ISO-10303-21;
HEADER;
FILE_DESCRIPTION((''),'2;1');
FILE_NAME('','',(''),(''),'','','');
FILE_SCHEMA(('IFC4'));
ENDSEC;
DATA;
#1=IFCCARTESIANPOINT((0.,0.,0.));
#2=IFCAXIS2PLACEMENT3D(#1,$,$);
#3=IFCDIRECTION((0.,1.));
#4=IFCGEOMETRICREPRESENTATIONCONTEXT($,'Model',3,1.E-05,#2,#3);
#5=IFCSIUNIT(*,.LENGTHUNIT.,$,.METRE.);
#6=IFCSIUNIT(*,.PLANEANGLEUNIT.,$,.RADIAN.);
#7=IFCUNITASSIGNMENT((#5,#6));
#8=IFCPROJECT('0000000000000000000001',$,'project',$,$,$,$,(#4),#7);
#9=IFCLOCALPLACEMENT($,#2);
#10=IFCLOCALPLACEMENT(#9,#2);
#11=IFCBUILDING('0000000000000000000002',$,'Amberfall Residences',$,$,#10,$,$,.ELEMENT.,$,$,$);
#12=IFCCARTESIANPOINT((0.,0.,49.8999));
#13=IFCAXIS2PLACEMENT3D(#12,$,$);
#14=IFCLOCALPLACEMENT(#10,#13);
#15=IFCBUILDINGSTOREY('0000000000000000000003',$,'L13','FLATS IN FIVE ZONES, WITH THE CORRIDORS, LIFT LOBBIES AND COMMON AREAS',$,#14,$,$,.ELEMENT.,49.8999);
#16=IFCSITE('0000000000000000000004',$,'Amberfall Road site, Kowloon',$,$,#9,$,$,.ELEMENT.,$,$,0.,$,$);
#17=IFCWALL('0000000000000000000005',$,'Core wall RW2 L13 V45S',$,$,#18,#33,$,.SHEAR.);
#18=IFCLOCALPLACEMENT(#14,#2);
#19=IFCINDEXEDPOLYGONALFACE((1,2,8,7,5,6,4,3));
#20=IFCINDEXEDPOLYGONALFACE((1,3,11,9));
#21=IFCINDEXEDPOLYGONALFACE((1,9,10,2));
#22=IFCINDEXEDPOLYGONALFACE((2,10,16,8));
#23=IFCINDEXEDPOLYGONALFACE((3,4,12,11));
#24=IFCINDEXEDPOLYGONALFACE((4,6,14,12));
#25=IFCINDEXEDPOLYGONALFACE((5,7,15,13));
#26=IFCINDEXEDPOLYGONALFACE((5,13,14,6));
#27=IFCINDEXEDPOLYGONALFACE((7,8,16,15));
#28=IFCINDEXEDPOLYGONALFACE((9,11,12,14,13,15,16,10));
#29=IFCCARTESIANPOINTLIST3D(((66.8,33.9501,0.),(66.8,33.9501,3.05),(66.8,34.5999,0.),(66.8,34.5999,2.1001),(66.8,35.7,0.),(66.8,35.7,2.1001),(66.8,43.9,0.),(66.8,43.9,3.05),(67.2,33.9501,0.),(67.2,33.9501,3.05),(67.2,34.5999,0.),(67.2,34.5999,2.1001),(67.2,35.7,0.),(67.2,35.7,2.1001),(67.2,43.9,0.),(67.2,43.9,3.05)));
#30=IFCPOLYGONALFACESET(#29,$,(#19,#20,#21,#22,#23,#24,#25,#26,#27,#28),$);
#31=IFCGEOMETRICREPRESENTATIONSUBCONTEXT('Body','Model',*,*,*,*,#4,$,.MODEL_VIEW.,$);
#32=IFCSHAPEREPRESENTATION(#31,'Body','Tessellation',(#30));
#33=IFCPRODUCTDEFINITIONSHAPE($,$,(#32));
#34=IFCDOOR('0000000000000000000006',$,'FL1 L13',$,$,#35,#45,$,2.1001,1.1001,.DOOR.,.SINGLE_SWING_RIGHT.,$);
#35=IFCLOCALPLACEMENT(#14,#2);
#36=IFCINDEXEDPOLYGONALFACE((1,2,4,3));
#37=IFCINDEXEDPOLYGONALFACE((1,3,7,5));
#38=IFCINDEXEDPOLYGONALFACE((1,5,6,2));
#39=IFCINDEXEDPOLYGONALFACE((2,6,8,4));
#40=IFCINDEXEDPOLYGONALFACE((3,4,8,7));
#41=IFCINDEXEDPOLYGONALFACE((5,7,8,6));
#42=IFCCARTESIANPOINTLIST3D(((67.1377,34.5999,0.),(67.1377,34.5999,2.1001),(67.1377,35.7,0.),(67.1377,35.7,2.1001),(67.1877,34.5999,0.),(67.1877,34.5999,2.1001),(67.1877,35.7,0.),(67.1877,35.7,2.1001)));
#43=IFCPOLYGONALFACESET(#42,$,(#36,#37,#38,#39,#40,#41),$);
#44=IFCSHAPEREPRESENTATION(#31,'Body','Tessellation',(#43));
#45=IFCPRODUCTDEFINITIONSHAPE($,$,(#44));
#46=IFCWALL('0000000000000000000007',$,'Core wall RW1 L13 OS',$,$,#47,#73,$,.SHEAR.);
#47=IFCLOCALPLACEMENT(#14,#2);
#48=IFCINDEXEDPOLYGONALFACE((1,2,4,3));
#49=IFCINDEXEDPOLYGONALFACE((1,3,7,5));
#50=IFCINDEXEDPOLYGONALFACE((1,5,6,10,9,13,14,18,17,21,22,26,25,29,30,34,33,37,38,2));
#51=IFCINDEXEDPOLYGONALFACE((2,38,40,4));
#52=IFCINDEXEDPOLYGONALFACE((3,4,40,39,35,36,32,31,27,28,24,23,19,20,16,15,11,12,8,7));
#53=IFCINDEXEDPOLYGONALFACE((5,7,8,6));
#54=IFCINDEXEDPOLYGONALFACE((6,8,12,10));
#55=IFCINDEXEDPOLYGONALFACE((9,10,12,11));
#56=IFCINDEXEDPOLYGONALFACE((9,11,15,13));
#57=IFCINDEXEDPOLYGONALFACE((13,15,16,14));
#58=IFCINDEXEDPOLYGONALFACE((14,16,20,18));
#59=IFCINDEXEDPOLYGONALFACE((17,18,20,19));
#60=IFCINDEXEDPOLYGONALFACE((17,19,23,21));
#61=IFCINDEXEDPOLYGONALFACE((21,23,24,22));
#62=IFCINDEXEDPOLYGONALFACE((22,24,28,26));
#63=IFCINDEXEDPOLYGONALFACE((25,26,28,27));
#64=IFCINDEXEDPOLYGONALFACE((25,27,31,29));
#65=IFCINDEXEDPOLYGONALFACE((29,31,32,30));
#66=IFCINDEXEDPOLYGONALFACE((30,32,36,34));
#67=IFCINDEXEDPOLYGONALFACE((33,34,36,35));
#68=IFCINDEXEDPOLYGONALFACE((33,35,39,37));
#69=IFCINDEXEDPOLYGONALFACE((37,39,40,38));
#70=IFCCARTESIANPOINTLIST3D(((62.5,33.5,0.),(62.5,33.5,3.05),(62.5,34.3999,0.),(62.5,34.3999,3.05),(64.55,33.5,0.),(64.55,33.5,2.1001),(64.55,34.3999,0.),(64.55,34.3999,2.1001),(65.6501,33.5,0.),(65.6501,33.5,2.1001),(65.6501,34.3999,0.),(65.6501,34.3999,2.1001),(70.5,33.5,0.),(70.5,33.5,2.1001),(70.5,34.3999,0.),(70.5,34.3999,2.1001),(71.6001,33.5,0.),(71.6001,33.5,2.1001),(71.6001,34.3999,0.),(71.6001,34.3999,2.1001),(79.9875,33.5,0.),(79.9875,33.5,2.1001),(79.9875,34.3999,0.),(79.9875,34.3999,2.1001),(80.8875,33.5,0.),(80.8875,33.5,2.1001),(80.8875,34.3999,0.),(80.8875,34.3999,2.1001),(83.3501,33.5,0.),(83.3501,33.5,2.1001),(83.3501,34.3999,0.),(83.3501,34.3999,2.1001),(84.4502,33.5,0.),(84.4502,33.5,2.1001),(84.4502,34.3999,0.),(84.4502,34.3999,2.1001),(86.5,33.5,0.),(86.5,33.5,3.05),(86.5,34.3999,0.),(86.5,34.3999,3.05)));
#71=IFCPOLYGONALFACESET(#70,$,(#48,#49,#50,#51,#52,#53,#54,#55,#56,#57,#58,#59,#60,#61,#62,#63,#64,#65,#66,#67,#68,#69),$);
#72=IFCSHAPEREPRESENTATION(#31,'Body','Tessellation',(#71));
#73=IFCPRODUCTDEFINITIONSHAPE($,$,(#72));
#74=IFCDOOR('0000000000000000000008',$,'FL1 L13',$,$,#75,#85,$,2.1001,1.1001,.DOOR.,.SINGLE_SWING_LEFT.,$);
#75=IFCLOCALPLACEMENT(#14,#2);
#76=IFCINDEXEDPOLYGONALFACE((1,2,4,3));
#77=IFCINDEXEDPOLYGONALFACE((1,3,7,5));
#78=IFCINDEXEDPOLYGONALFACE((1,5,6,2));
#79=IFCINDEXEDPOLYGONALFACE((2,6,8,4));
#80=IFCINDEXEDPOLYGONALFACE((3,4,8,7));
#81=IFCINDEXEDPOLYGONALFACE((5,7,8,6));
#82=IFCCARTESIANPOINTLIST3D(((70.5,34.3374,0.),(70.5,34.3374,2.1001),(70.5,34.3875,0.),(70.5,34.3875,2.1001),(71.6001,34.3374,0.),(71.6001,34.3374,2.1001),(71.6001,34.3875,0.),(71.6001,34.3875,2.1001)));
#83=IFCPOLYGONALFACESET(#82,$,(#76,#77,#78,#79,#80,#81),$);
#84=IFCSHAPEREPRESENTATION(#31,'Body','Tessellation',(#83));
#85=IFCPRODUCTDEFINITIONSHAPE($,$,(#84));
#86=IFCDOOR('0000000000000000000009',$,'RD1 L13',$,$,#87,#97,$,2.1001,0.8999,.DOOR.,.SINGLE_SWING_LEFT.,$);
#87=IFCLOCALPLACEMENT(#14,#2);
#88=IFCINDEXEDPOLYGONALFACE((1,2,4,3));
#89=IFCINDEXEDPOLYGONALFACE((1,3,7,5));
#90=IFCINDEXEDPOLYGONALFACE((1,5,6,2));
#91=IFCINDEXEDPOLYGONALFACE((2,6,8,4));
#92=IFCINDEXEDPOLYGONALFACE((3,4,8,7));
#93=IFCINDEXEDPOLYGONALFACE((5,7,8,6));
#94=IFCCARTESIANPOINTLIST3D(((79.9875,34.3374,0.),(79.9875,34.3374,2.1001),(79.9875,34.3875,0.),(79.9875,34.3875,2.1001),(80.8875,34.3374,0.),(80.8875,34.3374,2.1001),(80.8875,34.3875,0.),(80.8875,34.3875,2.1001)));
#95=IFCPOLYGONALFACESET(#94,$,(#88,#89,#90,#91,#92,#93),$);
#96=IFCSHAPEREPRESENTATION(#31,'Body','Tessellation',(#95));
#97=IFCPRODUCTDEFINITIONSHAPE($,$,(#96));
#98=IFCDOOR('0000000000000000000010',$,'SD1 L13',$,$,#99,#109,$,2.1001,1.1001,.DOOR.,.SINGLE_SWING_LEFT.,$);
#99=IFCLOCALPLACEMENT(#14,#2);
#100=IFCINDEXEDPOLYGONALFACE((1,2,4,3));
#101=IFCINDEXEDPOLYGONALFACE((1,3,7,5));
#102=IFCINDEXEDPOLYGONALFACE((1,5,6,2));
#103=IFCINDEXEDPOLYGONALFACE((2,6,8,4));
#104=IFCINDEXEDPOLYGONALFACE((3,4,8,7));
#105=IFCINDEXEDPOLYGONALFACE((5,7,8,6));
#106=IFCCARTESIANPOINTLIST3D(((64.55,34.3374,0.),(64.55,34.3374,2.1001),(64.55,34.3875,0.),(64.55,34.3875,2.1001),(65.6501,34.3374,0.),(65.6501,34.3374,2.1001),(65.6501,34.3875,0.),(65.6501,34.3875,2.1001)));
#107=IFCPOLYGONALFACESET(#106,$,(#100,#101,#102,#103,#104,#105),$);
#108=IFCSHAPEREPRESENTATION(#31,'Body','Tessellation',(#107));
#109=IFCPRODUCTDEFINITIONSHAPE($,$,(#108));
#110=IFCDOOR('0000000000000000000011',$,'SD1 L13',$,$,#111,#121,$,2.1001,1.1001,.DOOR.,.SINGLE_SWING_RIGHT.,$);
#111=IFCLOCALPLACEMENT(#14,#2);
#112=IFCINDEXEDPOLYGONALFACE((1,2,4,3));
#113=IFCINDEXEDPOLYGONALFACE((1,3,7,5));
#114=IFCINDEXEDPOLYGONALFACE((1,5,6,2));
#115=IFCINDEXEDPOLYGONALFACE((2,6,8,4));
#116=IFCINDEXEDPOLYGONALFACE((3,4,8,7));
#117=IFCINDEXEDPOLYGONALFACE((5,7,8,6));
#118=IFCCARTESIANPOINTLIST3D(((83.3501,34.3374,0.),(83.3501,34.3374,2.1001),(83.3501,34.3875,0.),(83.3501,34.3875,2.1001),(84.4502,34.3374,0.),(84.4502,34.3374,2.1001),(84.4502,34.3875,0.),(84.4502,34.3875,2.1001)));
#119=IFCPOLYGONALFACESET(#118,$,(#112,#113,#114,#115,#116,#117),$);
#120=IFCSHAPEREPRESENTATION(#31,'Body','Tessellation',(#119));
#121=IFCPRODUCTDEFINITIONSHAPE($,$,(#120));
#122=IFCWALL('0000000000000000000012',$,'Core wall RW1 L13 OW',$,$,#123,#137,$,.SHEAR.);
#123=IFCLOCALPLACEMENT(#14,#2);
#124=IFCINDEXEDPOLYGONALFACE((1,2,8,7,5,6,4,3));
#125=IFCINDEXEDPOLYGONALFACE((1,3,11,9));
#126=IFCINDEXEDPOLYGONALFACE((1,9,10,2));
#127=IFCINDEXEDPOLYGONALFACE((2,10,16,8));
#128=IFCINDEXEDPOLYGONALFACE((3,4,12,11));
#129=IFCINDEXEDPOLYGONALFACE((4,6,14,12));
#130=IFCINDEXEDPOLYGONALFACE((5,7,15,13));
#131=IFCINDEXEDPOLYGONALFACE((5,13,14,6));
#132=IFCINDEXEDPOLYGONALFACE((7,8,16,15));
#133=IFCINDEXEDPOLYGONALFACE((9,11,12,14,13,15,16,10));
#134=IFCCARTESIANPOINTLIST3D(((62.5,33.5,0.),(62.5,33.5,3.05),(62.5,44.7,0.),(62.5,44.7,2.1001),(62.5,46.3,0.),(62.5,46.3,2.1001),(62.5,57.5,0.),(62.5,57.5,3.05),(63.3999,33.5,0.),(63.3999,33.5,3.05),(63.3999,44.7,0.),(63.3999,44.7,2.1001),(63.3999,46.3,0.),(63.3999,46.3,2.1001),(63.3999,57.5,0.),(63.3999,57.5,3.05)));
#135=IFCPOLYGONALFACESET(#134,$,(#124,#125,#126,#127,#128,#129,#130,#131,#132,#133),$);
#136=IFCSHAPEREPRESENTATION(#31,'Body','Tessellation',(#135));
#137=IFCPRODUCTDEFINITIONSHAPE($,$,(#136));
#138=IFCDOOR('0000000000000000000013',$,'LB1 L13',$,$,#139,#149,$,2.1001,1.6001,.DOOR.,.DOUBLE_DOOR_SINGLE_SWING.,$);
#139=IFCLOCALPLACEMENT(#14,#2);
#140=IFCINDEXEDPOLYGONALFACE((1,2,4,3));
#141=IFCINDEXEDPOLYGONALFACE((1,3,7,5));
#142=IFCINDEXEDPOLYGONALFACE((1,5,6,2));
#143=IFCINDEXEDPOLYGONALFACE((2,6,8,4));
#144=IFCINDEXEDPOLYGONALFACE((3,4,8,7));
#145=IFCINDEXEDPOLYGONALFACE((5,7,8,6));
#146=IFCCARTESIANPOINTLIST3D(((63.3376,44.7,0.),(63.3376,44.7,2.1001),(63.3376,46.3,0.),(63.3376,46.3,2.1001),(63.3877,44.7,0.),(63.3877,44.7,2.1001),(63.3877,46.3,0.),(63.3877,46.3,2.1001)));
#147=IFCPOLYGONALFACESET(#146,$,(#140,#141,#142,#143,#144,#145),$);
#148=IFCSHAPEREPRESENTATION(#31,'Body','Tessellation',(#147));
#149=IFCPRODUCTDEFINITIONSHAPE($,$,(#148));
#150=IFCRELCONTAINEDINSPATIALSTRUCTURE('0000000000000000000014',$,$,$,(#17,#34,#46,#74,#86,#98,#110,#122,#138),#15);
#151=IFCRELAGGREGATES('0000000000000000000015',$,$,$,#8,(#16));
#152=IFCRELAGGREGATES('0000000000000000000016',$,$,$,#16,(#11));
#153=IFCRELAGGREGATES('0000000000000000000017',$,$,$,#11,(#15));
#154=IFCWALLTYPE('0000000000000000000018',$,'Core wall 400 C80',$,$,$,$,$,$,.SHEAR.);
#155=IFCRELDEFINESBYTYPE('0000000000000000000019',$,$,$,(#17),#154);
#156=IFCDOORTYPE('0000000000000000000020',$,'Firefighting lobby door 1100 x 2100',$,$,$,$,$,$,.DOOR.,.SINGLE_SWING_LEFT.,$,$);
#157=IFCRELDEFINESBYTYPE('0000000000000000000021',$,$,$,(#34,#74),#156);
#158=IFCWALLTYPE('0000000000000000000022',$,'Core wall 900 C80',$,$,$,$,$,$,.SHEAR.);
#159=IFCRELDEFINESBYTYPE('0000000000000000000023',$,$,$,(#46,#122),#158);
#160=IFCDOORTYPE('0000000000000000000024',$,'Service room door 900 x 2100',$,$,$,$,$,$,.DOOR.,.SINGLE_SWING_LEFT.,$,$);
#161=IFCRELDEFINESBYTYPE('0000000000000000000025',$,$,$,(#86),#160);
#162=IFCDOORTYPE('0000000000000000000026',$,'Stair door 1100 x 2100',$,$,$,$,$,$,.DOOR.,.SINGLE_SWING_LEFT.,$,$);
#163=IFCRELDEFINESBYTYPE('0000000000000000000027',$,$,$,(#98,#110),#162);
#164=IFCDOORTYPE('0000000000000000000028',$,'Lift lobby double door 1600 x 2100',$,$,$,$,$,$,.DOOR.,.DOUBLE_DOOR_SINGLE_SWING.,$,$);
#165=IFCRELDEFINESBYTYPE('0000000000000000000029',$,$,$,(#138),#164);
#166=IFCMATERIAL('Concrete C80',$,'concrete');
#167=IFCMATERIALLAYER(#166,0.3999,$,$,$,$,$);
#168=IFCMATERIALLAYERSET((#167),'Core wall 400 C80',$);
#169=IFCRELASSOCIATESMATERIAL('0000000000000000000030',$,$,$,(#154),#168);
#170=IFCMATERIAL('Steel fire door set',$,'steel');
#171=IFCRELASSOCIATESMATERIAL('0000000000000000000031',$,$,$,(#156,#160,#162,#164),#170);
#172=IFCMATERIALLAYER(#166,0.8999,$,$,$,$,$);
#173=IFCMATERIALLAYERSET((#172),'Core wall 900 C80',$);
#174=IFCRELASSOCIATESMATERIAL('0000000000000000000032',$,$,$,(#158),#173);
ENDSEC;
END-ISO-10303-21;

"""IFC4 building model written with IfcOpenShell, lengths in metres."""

from ifc_helpers import new_model, si_unit, direction, frame, frame_2d, origin, place, context, subcontext, project, spatial, rectangle, extrude, material, layer, layer_set, type_object, element, fill, save


model = new_model("IFC4")

# Units and contexts
model_context = context("Model", 3, precision=1e-05, world=origin(), true_north=direction((0.0, 1.0)))
body_context = subcontext(model_context, "Body", "Model", "MODEL_VIEW")
ifc_project = project(units=[si_unit("LENGTHUNIT", "METRE"), si_unit("PLANEANGLEUNIT", "RADIAN")], contexts=[model_context])

# Site, building, storey
site_placement = place(None, origin())
site = spatial("IfcSite", under=ifc_project, at=site_placement, Name="Amberfall Road site, Kowloon", CompositionType="ELEMENT", RefElevation=0.0)
building_placement = place(site_placement, origin())
building = spatial("IfcBuilding", under=site, at=building_placement, Name="Amberfall Residences", CompositionType="ELEMENT")
storey_placement = place(building_placement, frame((0.0, 0.0, 49.8999)))
storey = spatial("IfcBuildingStorey", under=building, at=storey_placement, Name="L13", Description="FLATS IN FIVE ZONES, WITH THE CORRIDORS, LIFT LOBBIES AND COMMON AREAS", CompositionType="ELEMENT", Elevation=49.8999)

# Wall, opening, door
ifc_material_1 = material(Name="Concrete C80", Category="concrete")
ifc_layer_1 = layer(ifc_material_1, 0.3999)
ifc_layer_set_1 = layer_set([ifc_layer_1], Name="Core wall 400 C80")
wall_type_1 = type_object("IfcWallType", Name="Core wall 400 C80", PredefinedType="SHEAR", material=ifc_layer_set_1)
wall_1_placement = place(storey_placement, frame((67.0, 33.95, 0.0), z_axis=(0.0, 0.0, 1.0), x_axis=(0.0, 1.0, 0.0)))
wall_1 = element("IfcWall", 1, at=wall_1_placement, inside=storey, type_object=wall_type_1, Name="Core wall RW2 L13 V45S", PredefinedType="SHEAR", context=body_context, shape_type="SweptSolid", body=[
    extrude(rectangle(XDim=9.95, YDim=0.3999, at=frame_2d((4.9751, 0.0))), origin(), (0.0, 0.0, 1.0), 3.05),
])
opening_1_placement = place(wall_1_placement, frame((0.6499, 0.0, 0.0)))
opening_1 = element("IfcOpeningElement", 2, at=opening_1_placement, cuts=wall_1, PredefinedType="OPENING", context=body_context, shape_type="SweptSolid", body=[
    extrude(rectangle(XDim=1.1001, YDim=2.1001, at=frame_2d((0.55, 1.05))), frame((0.0, 0.21, 0.0), z_axis=(0.0, -1.0, 0.0), x_axis=(1.0, 0.0, 0.0)), (0.0, 0.0, 1.0), 0.4199),
])
ifc_material_2 = material(Name="Steel fire door set", Category="steel")
door_type_1 = type_object("IfcDoorType", Name="Firefighting lobby door 1100 x 2100", OperationType="SINGLE_SWING_LEFT", PredefinedType="DOOR", material=ifc_material_2)
door_1_placement = place(opening_1_placement, origin())
door_1 = element("IfcDoor", 3, at=door_1_placement, inside=storey, type_object=door_type_1, Name="FL1 L13", OperationType="SINGLE_SWING_RIGHT", OverallHeight=2.1001, OverallWidth=1.1001, PredefinedType="DOOR", context=body_context, shape_type="SweptSolid", body=[
    extrude(rectangle(XDim=1.1001, YDim=2.1001, at=frame_2d((0.55, 1.05))), frame((0.0, -0.1377, 0.0), z_axis=(0.0, -1.0, 0.0), x_axis=(1.0, 0.0, 0.0)), (0.0, 0.0, 1.0), 0.05),
])
fill(opening_1, door_1)

# Wall, openings, doors
ifc_layer_2 = layer(ifc_material_1, 0.8999)
ifc_layer_set_2 = layer_set([ifc_layer_2], Name="Core wall 900 C80")
wall_type_2 = type_object("IfcWallType", Name="Core wall 900 C80", PredefinedType="SHEAR", material=ifc_layer_set_2)
wall_2_placement = place(storey_placement, frame((62.5, 33.95, 0.0), z_axis=(0.0, 0.0, 1.0), x_axis=(1.0, 0.0, 0.0)))
wall_2 = element("IfcWall", 4, at=wall_2_placement, inside=storey, type_object=wall_type_2, Name="Core wall RW1 L13 OS", PredefinedType="SHEAR", context=body_context, shape_type="SweptSolid", body=[
    extrude(rectangle(XDim=24.0, YDim=0.8999, at=frame_2d((12.0, 0.0))), origin(), (0.0, 0.0, 1.0), 3.05),
])
opening_2_placement = place(wall_2_placement, frame((2.05, 0.0, 0.0)))
opening_2 = element("IfcOpeningElement", 5, at=opening_2_placement, cuts=wall_2, PredefinedType="OPENING", context=body_context, shape_type="SweptSolid", body=[
    extrude(rectangle(XDim=1.1001, YDim=2.1001, at=frame_2d((0.55, 1.05))), frame((0.0, 0.46, 0.0), z_axis=(0.0, -1.0, 0.0), x_axis=(1.0, 0.0, 0.0)), (0.0, 0.0, 1.0), 0.9199),
])
opening_3_placement = place(wall_2_placement, frame((20.8501, 0.0, 0.0)))
opening_3 = element("IfcOpeningElement", 6, at=opening_3_placement, cuts=wall_2, PredefinedType="OPENING", context=body_context, shape_type="SweptSolid", body=[
    extrude(rectangle(XDim=1.1001, YDim=2.1001, at=frame_2d((0.55, 1.05))), frame((0.0, 0.46, 0.0), z_axis=(0.0, -1.0, 0.0), x_axis=(1.0, 0.0, 0.0)), (0.0, 0.0, 1.0), 0.9199),
])
opening_4_placement = place(wall_2_placement, frame((8.0, 0.0, 0.0)))
opening_4 = element("IfcOpeningElement", 7, at=opening_4_placement, cuts=wall_2, PredefinedType="OPENING", context=body_context, shape_type="SweptSolid", body=[
    extrude(rectangle(XDim=1.1001, YDim=2.1001, at=frame_2d((0.55, 1.05))), frame((0.0, 0.46, 0.0), z_axis=(0.0, -1.0, 0.0), x_axis=(1.0, 0.0, 0.0)), (0.0, 0.0, 1.0), 0.9199),
])
opening_5_placement = place(wall_2_placement, frame((17.4875, 0.0, 0.0)))
opening_5 = element("IfcOpeningElement", 8, at=opening_5_placement, cuts=wall_2, PredefinedType="OPENING", context=body_context, shape_type="SweptSolid", body=[
    extrude(rectangle(XDim=0.8999, YDim=2.1001, at=frame_2d((0.45, 1.05))), frame((0.0, 0.46, 0.0), z_axis=(0.0, -1.0, 0.0), x_axis=(1.0, 0.0, 0.0)), (0.0, 0.0, 1.0), 0.9199),
])
door_2_placement = place(opening_4_placement, origin())
door_2 = element("IfcDoor", 9, at=door_2_placement, inside=storey, type_object=door_type_1, Name="FL1 L13", OperationType="SINGLE_SWING_LEFT", OverallHeight=2.1001, OverallWidth=1.1001, PredefinedType="DOOR", context=body_context, shape_type="SweptSolid", body=[
    extrude(rectangle(XDim=1.1001, YDim=2.1001, at=frame_2d((0.55, 1.05))), frame((0.0, 0.4375, 0.0), z_axis=(0.0, -1.0, 0.0), x_axis=(1.0, 0.0, 0.0)), (0.0, 0.0, 1.0), 0.05),
])
fill(opening_4, door_2)
door_type_2 = type_object("IfcDoorType", Name="Service room door 900 x 2100", OperationType="SINGLE_SWING_LEFT", PredefinedType="DOOR", material=ifc_material_2)
door_3_placement = place(opening_5_placement, origin())
door_3 = element("IfcDoor", 10, at=door_3_placement, inside=storey, type_object=door_type_2, Name="RD1 L13", OperationType="SINGLE_SWING_LEFT", OverallHeight=2.1001, OverallWidth=0.8999, PredefinedType="DOOR", context=body_context, shape_type="SweptSolid", body=[
    extrude(rectangle(XDim=0.8999, YDim=2.1001, at=frame_2d((0.45, 1.05))), frame((0.0, 0.4375, 0.0), z_axis=(0.0, -1.0, 0.0), x_axis=(1.0, 0.0, 0.0)), (0.0, 0.0, 1.0), 0.05),
])
fill(opening_5, door_3)
door_type_3 = type_object("IfcDoorType", Name="Stair door 1100 x 2100", OperationType="SINGLE_SWING_LEFT", PredefinedType="DOOR", material=ifc_material_2)
door_4_placement = place(opening_2_placement, origin())
door_4 = element("IfcDoor", 11, at=door_4_placement, inside=storey, type_object=door_type_3, Name="SD1 L13", OperationType="SINGLE_SWING_LEFT", OverallHeight=2.1001, OverallWidth=1.1001, PredefinedType="DOOR", context=body_context, shape_type="SweptSolid", body=[
    extrude(rectangle(XDim=1.1001, YDim=2.1001, at=frame_2d((0.55, 1.05))), frame((0.0, 0.4375, 0.0), z_axis=(0.0, -1.0, 0.0), x_axis=(1.0, 0.0, 0.0)), (0.0, 0.0, 1.0), 0.05),
])
fill(opening_2, door_4)
door_5_placement = place(opening_3_placement, origin())
door_5 = element("IfcDoor", 12, at=door_5_placement, inside=storey, type_object=door_type_3, Name="SD1 L13", OperationType="SINGLE_SWING_RIGHT", OverallHeight=2.1001, OverallWidth=1.1001, PredefinedType="DOOR", context=body_context, shape_type="SweptSolid", body=[
    extrude(rectangle(XDim=1.1001, YDim=2.1001, at=frame_2d((0.55, 1.05))), frame((0.0, 0.4375, 0.0), z_axis=(0.0, -1.0, 0.0), x_axis=(1.0, 0.0, 0.0)), (0.0, 0.0, 1.0), 0.05),
])
fill(opening_3, door_5)

# Wall, opening, door
wall_3_placement = place(storey_placement, frame((62.95, 33.5, 0.0), z_axis=(0.0, 0.0, 1.0), x_axis=(0.0, 1.0, 0.0)))
wall_3 = element("IfcWall", 13, at=wall_3_placement, inside=storey, type_object=wall_type_2, Name="Core wall RW1 L13 OW", PredefinedType="SHEAR", context=body_context, shape_type="SweptSolid", body=[
    extrude(rectangle(XDim=24.0, YDim=0.8999, at=frame_2d((12.0, 0.0))), origin(), (0.0, 0.0, 1.0), 3.05),
])
opening_6_placement = place(wall_3_placement, frame((11.2, 0.0, 0.0)))
opening_6 = element("IfcOpeningElement", 14, at=opening_6_placement, cuts=wall_3, PredefinedType="OPENING", context=body_context, shape_type="SweptSolid", body=[
    extrude(rectangle(XDim=1.6001, YDim=2.1001, at=frame_2d((0.8, 1.05))), frame((0.0, 0.46, 0.0), z_axis=(0.0, -1.0, 0.0), x_axis=(1.0, 0.0, 0.0)), (0.0, 0.0, 1.0), 0.9199),
])
door_type_4 = type_object("IfcDoorType", Name="Lift lobby double door 1600 x 2100", OperationType="DOUBLE_DOOR_SINGLE_SWING", PredefinedType="DOOR", material=ifc_material_2)
door_6_placement = place(opening_6_placement, origin())
door_6 = element("IfcDoor", 15, at=door_6_placement, inside=storey, type_object=door_type_4, Name="LB1 L13", OperationType="DOUBLE_DOOR_SINGLE_SWING", OverallHeight=2.1001, OverallWidth=1.6001, PredefinedType="DOOR", context=body_context, shape_type="SweptSolid", body=[
    extrude(rectangle(XDim=1.6001, YDim=2.1001, at=frame_2d((0.8, 1.05))), frame((0.0, -0.3877, 0.0), z_axis=(0.0, -1.0, 0.0), x_axis=(1.0, 0.0, 0.0)), (0.0, 0.0, 1.0), 0.05),
])
fill(opening_6, door_6)

save(model, "model.ifc")
